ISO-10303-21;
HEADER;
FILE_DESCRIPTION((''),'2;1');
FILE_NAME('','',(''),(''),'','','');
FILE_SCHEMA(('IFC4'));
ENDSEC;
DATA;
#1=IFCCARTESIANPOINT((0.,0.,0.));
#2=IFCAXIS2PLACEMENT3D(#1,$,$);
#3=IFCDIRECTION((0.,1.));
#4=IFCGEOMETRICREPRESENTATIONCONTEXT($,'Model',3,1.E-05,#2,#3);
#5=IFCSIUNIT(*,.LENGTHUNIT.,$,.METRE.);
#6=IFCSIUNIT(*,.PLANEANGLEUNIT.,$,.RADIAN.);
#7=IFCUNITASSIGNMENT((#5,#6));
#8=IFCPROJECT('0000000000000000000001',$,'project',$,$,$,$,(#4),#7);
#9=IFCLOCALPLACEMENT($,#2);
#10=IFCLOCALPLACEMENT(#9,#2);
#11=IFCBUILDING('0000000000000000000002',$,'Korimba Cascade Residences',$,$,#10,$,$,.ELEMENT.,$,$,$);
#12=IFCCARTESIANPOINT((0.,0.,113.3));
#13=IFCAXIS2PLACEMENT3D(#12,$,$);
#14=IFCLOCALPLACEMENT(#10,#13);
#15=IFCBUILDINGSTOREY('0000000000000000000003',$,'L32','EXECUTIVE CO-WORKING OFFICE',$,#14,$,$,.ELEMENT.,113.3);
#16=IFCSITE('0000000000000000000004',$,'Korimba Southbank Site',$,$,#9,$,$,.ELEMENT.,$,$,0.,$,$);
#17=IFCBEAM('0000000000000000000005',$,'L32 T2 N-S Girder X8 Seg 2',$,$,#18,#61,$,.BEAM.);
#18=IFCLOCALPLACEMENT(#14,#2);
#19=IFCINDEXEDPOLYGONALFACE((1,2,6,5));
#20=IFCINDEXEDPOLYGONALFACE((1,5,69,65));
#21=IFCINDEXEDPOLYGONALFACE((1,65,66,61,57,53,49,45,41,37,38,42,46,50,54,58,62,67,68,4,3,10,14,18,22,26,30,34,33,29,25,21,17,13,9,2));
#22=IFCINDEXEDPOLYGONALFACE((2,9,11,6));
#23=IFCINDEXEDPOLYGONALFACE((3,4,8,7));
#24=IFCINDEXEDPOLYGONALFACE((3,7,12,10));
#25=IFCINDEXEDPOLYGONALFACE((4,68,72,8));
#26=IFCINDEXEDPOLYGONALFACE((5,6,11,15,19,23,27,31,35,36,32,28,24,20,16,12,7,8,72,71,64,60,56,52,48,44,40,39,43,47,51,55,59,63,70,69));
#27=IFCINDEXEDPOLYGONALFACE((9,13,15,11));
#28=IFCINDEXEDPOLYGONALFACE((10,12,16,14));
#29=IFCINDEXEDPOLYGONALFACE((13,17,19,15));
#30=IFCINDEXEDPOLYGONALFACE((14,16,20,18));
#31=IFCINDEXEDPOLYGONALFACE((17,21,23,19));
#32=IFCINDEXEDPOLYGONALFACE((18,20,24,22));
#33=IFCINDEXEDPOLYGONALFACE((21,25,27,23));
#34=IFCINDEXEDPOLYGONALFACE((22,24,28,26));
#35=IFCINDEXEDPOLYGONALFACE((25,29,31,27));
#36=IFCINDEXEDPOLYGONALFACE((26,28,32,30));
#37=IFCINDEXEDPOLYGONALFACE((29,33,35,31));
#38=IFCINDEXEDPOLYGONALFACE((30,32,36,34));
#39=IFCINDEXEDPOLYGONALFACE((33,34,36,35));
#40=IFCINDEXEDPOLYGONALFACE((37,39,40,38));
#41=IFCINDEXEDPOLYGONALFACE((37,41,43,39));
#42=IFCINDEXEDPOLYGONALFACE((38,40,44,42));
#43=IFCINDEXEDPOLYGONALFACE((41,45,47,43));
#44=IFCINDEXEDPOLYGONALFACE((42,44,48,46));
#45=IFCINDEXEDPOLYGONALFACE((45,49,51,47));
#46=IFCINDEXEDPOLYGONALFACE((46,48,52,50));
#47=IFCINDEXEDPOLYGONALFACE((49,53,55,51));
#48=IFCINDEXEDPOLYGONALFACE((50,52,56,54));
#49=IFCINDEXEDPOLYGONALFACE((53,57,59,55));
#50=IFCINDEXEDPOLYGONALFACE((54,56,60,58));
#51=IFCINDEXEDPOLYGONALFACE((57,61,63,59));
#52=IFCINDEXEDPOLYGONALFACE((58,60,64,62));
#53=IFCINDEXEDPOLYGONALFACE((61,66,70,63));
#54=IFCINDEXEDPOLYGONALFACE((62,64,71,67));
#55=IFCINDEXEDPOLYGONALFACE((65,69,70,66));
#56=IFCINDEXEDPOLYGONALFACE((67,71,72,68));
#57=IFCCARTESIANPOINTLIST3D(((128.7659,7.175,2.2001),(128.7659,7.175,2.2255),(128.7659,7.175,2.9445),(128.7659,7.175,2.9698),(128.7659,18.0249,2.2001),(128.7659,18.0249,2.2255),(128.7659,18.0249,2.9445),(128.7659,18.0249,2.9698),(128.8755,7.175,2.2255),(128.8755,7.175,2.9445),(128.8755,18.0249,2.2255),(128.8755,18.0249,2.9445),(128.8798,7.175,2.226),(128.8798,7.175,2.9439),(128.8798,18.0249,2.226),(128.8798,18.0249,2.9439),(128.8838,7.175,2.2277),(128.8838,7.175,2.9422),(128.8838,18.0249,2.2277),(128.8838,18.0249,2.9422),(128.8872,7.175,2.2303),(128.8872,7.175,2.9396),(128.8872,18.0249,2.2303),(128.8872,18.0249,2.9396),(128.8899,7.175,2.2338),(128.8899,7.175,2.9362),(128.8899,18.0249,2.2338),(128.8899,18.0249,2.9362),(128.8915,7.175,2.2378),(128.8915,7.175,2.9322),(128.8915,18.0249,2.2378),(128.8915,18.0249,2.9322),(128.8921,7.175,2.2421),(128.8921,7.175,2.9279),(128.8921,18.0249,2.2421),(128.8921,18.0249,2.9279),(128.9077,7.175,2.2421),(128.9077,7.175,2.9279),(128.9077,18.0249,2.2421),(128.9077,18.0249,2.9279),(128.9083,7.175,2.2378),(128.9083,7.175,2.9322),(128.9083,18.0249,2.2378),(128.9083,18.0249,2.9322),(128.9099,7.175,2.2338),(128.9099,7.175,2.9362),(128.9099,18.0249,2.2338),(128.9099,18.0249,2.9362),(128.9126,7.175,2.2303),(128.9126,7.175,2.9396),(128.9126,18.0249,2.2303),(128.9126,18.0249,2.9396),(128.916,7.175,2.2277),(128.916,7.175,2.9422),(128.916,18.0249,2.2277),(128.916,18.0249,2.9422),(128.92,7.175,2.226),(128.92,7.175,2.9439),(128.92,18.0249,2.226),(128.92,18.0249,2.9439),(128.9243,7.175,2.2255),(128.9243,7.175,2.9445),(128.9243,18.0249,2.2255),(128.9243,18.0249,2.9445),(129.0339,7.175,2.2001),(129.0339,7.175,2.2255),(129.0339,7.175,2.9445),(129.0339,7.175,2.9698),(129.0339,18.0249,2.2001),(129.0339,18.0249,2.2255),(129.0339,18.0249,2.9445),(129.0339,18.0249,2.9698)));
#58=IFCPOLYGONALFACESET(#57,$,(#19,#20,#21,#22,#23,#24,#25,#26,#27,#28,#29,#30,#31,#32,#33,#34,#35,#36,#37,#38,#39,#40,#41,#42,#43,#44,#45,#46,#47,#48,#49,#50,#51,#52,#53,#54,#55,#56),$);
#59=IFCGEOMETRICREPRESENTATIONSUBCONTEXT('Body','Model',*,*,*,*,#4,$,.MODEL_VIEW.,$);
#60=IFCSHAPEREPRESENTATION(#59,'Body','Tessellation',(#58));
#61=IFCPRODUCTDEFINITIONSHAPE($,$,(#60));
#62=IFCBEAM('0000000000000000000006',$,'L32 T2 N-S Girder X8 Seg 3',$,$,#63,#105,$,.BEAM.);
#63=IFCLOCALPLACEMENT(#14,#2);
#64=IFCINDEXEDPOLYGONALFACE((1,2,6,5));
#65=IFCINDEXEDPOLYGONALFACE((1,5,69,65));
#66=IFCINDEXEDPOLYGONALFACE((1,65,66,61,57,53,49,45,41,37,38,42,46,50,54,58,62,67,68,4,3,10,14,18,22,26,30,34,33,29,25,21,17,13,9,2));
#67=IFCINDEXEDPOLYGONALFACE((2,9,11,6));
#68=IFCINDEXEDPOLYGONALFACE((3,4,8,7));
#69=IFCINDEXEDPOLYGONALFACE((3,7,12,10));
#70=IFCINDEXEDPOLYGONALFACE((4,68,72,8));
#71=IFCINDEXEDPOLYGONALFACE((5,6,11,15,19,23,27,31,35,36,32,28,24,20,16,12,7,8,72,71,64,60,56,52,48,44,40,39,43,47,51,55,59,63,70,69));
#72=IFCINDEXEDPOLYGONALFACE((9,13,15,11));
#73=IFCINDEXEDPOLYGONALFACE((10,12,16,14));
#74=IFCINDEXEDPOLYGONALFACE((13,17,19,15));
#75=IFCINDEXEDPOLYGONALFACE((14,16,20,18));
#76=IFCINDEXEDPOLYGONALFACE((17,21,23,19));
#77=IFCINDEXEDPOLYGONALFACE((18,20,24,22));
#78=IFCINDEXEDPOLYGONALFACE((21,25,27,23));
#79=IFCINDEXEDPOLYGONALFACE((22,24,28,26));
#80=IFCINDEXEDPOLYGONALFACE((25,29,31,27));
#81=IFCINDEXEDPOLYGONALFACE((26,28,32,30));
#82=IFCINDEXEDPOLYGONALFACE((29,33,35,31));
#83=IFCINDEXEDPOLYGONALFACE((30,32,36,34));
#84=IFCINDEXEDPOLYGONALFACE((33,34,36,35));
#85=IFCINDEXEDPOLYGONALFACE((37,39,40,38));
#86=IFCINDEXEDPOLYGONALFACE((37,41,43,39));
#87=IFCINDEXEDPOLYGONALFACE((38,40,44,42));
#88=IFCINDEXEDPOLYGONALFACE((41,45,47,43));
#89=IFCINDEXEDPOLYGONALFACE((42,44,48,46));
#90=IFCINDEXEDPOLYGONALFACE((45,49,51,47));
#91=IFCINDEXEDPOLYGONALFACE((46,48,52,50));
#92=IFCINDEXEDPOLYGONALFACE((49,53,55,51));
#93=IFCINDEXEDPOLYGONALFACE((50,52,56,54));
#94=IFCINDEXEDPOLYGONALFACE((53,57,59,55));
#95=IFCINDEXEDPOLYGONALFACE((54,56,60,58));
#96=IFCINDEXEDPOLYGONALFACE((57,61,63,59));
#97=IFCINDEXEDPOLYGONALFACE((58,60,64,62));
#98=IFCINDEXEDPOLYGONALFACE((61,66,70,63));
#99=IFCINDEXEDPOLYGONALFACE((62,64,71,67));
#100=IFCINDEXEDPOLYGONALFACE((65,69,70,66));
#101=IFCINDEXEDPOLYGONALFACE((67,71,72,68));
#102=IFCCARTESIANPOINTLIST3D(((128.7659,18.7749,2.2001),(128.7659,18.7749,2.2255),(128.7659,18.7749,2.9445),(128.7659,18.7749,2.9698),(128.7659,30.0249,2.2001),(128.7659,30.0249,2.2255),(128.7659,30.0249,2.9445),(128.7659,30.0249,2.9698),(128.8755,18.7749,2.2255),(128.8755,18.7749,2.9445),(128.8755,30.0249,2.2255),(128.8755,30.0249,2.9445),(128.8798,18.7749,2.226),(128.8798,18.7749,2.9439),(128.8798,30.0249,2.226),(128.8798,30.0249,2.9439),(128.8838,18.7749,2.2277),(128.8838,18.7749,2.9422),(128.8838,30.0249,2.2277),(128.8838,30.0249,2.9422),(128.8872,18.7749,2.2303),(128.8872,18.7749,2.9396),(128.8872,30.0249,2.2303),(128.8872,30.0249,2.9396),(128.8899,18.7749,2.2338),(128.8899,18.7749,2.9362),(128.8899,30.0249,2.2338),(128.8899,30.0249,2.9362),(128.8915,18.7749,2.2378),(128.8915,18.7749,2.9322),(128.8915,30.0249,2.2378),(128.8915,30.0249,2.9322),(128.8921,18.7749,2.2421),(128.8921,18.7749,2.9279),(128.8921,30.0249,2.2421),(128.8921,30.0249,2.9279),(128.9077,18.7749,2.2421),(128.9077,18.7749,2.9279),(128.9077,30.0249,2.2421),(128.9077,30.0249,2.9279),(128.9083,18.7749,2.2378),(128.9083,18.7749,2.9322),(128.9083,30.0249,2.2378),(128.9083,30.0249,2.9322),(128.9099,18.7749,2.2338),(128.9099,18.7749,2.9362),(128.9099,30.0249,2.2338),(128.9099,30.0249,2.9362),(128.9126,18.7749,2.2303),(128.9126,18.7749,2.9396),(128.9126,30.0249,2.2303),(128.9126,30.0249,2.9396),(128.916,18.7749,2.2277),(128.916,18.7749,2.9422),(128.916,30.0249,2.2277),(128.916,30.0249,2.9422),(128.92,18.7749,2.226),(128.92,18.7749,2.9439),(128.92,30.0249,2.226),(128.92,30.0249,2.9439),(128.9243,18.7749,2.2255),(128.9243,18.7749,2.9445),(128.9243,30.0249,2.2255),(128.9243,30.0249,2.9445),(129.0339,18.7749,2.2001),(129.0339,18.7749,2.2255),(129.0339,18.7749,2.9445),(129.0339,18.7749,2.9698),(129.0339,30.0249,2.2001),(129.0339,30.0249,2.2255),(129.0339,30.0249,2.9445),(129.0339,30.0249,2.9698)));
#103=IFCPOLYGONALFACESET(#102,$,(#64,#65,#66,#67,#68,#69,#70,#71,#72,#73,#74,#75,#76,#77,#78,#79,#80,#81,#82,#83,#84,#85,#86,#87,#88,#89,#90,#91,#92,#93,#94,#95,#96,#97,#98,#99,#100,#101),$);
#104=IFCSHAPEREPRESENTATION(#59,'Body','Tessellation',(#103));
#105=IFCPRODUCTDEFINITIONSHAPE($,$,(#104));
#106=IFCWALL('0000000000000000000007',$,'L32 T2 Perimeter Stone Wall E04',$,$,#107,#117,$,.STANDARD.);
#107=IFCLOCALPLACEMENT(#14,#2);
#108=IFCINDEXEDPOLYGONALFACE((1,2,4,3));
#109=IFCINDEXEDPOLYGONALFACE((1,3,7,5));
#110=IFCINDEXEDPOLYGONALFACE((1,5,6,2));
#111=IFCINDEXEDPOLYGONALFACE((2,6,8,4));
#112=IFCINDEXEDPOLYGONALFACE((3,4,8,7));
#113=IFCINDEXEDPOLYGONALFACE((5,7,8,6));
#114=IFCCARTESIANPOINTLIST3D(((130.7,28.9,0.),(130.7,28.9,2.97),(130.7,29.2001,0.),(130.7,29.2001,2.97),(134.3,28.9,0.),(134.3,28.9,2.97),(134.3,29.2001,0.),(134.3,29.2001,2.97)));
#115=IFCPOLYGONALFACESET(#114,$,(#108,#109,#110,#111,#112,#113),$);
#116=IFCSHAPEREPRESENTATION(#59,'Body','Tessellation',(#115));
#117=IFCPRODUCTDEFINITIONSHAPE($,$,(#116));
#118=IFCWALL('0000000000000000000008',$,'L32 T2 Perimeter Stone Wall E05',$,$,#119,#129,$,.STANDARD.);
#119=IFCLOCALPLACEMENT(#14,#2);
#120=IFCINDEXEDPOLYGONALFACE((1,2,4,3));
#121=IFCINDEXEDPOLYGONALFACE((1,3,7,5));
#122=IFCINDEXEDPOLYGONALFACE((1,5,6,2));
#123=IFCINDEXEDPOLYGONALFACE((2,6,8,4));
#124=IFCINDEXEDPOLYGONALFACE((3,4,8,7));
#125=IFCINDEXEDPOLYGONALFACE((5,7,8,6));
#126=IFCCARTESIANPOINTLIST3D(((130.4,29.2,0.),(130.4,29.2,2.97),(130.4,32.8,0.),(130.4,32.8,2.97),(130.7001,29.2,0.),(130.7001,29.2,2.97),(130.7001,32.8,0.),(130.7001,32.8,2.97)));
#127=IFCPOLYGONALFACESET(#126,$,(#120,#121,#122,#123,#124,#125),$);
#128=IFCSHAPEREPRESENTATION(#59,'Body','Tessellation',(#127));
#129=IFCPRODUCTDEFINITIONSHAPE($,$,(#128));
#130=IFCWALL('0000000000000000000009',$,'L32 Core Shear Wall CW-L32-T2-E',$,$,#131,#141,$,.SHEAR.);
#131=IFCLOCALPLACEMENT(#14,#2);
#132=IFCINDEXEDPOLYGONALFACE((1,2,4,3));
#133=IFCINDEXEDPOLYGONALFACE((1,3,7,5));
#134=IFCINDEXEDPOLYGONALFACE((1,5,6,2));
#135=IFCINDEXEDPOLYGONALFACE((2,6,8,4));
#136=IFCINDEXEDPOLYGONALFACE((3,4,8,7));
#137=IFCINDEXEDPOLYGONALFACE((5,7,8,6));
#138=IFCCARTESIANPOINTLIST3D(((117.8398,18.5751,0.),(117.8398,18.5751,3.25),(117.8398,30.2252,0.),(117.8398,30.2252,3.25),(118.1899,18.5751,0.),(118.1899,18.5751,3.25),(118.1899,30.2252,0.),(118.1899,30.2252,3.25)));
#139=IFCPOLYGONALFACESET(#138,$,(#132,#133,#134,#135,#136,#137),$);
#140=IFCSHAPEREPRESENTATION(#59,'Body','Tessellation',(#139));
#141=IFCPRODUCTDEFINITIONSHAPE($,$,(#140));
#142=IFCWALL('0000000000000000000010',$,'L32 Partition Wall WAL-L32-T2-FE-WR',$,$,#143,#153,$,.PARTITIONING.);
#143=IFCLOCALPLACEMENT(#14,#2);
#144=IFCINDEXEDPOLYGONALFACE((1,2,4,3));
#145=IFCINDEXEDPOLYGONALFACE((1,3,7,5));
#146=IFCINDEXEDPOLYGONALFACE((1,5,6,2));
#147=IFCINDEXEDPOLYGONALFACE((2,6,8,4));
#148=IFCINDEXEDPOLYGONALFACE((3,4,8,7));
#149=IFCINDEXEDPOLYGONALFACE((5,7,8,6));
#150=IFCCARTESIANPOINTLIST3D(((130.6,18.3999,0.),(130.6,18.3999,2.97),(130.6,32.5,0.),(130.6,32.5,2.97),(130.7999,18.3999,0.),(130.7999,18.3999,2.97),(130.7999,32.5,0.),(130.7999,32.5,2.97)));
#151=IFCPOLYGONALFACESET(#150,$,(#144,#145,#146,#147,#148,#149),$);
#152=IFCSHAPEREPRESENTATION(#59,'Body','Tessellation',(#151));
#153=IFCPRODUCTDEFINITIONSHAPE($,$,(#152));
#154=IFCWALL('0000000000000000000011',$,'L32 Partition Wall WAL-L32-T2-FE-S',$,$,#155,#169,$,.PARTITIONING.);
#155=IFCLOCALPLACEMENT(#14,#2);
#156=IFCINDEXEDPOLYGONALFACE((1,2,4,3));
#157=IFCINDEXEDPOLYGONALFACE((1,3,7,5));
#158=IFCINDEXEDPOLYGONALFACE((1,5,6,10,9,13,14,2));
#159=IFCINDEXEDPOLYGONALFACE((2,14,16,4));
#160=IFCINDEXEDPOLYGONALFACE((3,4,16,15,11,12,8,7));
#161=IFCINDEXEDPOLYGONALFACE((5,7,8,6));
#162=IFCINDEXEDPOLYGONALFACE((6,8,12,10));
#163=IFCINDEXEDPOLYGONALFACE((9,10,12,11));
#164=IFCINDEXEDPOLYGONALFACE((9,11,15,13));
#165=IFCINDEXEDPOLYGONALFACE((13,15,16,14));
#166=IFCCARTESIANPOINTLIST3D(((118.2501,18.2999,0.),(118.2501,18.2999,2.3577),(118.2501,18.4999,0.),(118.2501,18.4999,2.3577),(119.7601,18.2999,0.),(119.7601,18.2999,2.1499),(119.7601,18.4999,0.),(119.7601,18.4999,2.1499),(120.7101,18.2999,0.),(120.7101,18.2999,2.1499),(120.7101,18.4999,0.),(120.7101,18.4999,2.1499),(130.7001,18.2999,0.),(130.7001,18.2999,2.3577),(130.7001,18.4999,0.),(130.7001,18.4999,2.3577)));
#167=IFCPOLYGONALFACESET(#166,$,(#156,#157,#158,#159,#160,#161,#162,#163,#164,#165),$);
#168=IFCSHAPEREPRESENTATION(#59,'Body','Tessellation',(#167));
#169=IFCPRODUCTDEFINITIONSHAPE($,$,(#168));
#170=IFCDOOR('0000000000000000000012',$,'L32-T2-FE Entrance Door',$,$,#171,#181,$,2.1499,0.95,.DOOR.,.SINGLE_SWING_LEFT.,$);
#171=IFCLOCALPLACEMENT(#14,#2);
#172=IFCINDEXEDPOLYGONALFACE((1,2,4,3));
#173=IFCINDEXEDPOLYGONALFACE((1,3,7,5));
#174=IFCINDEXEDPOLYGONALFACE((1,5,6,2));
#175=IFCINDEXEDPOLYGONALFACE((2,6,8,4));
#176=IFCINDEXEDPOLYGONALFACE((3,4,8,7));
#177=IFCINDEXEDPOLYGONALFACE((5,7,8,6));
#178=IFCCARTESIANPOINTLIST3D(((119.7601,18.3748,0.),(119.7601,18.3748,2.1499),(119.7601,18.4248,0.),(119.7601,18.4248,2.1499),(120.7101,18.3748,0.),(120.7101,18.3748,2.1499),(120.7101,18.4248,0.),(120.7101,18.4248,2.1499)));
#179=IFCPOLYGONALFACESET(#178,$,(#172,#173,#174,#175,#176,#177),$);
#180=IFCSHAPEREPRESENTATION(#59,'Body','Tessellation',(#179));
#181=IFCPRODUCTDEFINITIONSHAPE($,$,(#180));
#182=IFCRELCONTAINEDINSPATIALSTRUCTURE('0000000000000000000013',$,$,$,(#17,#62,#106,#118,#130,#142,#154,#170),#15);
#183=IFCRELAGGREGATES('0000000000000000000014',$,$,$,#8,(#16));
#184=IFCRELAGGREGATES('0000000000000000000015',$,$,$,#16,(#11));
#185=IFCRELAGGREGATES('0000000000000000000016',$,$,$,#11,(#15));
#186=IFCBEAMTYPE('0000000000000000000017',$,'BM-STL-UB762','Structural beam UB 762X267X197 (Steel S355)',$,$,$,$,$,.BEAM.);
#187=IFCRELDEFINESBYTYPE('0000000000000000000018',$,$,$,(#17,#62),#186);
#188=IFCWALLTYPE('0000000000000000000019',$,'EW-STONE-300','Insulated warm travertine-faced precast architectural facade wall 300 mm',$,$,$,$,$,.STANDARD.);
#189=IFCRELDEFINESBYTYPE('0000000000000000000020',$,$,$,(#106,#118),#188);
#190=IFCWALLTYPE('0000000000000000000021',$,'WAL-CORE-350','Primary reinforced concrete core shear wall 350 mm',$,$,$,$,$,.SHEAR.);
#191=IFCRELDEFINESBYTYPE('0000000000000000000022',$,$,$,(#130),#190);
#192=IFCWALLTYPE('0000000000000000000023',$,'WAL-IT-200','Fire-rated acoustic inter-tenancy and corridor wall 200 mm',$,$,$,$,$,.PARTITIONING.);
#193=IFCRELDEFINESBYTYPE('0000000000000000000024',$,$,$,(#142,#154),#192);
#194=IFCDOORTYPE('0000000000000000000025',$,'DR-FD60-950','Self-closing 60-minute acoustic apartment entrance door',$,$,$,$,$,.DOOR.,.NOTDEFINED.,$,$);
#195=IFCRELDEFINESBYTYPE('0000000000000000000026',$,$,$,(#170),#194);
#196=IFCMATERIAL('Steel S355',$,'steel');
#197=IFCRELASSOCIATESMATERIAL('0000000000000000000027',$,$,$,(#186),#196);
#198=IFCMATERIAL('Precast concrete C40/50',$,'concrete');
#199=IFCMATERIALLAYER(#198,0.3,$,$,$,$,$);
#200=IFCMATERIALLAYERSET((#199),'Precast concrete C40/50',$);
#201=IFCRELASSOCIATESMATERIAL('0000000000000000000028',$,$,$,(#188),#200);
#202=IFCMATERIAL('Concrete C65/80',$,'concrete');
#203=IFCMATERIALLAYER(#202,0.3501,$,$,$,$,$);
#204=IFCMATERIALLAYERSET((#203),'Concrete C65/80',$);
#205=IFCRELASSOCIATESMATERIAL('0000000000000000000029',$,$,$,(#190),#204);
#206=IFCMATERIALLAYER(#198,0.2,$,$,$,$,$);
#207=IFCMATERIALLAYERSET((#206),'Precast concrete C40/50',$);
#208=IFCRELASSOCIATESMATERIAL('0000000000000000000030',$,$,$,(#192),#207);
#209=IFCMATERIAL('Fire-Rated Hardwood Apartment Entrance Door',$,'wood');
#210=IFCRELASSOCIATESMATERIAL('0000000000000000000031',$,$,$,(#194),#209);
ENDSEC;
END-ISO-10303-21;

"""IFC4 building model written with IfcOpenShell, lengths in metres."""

from ifc_helpers import new_model, si_unit, direction, frame, frame_2d, origin, origin_2d, place, context, subcontext, project, spatial, rectangle, i_section, extrude, material, layer, layer_set, material_profile, profile_set, type_object, element, fill, save


model = new_model("IFC4")

# Units and contexts
model_context = context("Model", 3, precision=1e-05, world=origin(), true_north=direction((0.0, 1.0)))
body_context = subcontext(model_context, "Body", "Model", "MODEL_VIEW")
ifc_project = project(units=[si_unit("LENGTHUNIT", "METRE"), si_unit("PLANEANGLEUNIT", "RADIAN")], contexts=[model_context])

# Site, building, storey
site_placement = place(None, origin())
site = spatial("IfcSite", under=ifc_project, at=site_placement, Name="Korimba Southbank Site", CompositionType="ELEMENT", RefElevation=0.0)
building_placement = place(site_placement, origin())
building = spatial("IfcBuilding", under=site, at=building_placement, Name="Korimba Cascade Residences", CompositionType="ELEMENT")
storey_placement = place(building_placement, frame((0.0, 0.0, 113.3)))
storey = spatial("IfcBuildingStorey", under=building, at=storey_placement, Name="L32", Description="EXECUTIVE CO-WORKING OFFICE", CompositionType="ELEMENT", Elevation=113.3)

# Shared definitions
ifc_material_1 = material(Name="Concrete C65/80", Category="concrete")

# Beams
ifc_material_2 = material(Name="Steel S355", Category="steel")
ifc_material_profile_1 = material_profile(ifc_material_2, i_section(OverallWidth=0.2681, OverallDepth=0.7698, WebThickness=0.0156, FlangeThickness=0.0254, FilletRadius=0.0166, at=origin_2d()), Name="Steel S355")
ifc_profile_set_1 = profile_set([ifc_material_profile_1], Name="Steel S355")
beam_type_1 = type_object("IfcBeamType", Name="BM-STL-UB762", Description="Structural beam UB 762X267X197 (Steel S355)", PredefinedType="BEAM", material=ifc_profile_set_1)
beam_1_placement = place(storey_placement, frame((128.8999, 7.175, 2.585), z_axis=(0.0, 1.0, 0.0), x_axis=(-1.0, 0.0, 0.0)))
element("IfcBeam", 1, at=beam_1_placement, inside=storey, type_object=beam_type_1, Name="L32 T2 N-S Girder X8 Seg 2", PredefinedType="BEAM", context=body_context, shape_type="SweptSolid", body=[
    extrude(i_section(OverallWidth=0.2681, OverallDepth=0.7698, WebThickness=0.0156, FlangeThickness=0.0254, FilletRadius=0.0166, at=origin_2d()), origin(), (0.0, 0.0, 1.0), 10.8499),
])
beam_2_placement = place(storey_placement, frame((128.8999, 18.7749, 2.585), z_axis=(0.0, 1.0, 0.0), x_axis=(-1.0, 0.0, 0.0)))
element("IfcBeam", 2, at=beam_2_placement, inside=storey, type_object=beam_type_1, Name="L32 T2 N-S Girder X8 Seg 3", PredefinedType="BEAM", context=body_context, shape_type="SweptSolid", body=[
    extrude(i_section(OverallWidth=0.2681, OverallDepth=0.7698, WebThickness=0.0156, FlangeThickness=0.0254, FilletRadius=0.0166, at=origin_2d()), origin(), (0.0, 0.0, 1.0), 11.25),
])

# Walls
ifc_material_3 = material(Name="Precast concrete C40/50", Category="concrete")
ifc_layer_1 = layer(ifc_material_3, 0.3)
ifc_layer_set_1 = layer_set([ifc_layer_1], Name="Precast concrete C40/50")
wall_type_1 = type_object("IfcWallType", Name="EW-STONE-300", Description="Insulated warm travertine-faced precast architectural facade wall 300 mm", PredefinedType="STANDARD", material=ifc_layer_set_1)
for number, where, z_axis, x_axis, name in (
    (3, (134.3, 29.05, 0.0), (0.0, 0.0, 1.0), (-1.0, 0.0, 0.0), "L32 T2 Perimeter Stone Wall E04"),
    (4, (130.55, 29.2, 0.0), (0.0, 0.0, 1.0), (0.0, 1.0, 0.0), "L32 T2 Perimeter Stone Wall E05"),
):
    element("IfcWall", number, at=place(storey_placement, frame(where, z_axis=z_axis, x_axis=x_axis)), inside=storey, type_object=wall_type_1, Name=name, PredefinedType="STANDARD", context=body_context, shape_type="SweptSolid", body=[
        extrude(rectangle(XDim=3.6001, YDim=0.3, at=frame_2d((1.8, 0.0))), origin(), (0.0, 0.0, 1.0), 2.97),
    ])
ifc_layer_2 = layer(ifc_material_1, 0.3501)
ifc_layer_set_2 = layer_set([ifc_layer_2], Name="Concrete C65/80")
wall_type_2 = type_object("IfcWallType", Name="WAL-CORE-350", Description="Primary reinforced concrete core shear wall 350 mm", PredefinedType="SHEAR", material=ifc_layer_set_2)
wall_1_placement = place(storey_placement, frame((118.0149, 18.575, 0.0), z_axis=(0.0, 0.0, 1.0), x_axis=(0.0, 1.0, 0.0)))
element("IfcWall", 5, at=wall_1_placement, inside=storey, type_object=wall_type_2, Name="L32 Core Shear Wall CW-L32-T2-E", PredefinedType="SHEAR", context=body_context, shape_type="SweptSolid", body=[
    extrude(rectangle(XDim=11.6501, YDim=0.3501, at=frame_2d((5.8252, 0.0))), origin(), (0.0, 0.0, 1.0), 3.25),
])
ifc_layer_3 = layer(ifc_material_3, 0.2)
ifc_layer_set_3 = layer_set([ifc_layer_3], Name="Precast concrete C40/50")
wall_type_3 = type_object("IfcWallType", Name="WAL-IT-200", Description="Fire-rated acoustic inter-tenancy and corridor wall 200 mm", PredefinedType="PARTITIONING", material=ifc_layer_set_3)
wall_2_placement = place(storey_placement, frame((130.7, 18.3999, 0.0), z_axis=(0.0, 0.0, 1.0), x_axis=(0.0, 1.0, 0.0)))
element("IfcWall", 6, at=wall_2_placement, inside=storey, type_object=wall_type_3, Name="L32 Partition Wall WAL-L32-T2-FE-WR", PredefinedType="PARTITIONING", context=body_context, shape_type="SweptSolid", body=[
    extrude(rectangle(XDim=14.1001, YDim=0.2, at=frame_2d((7.05, 0.0))), origin(), (0.0, 0.0, 1.0), 2.97),
])

# Wall, opening, door
wall_3_placement = place(storey_placement, frame((118.25, 18.3999, 0.0), z_axis=(0.0, 0.0, 1.0), x_axis=(1.0, 0.0, 0.0)))
wall_3 = element("IfcWall", 7, at=wall_3_placement, inside=storey, type_object=wall_type_3, Name="L32 Partition Wall WAL-L32-T2-FE-S", PredefinedType="PARTITIONING", context=body_context, shape_type="SweptSolid", body=[
    extrude(rectangle(XDim=12.45, YDim=0.2, at=frame_2d((6.2251, 0.0))), origin(), (0.0, 0.0, 1.0), 2.3577),
])
opening_1_placement = place(wall_3_placement, frame((1.51, 0.0, 0.0)))
opening_1 = element("IfcOpeningElement", 8, at=opening_1_placement, cuts=wall_3, PredefinedType="OPENING", context=body_context, shape_type="SweptSolid", body=[
    extrude(rectangle(XDim=0.95, YDim=2.1499, at=frame_2d((0.4751, 1.075))), frame((0.0, 0.1099, 0.0), z_axis=(0.0, -1.0, 0.0), x_axis=(1.0, 0.0, 0.0)), (0.0, 0.0, 1.0), 0.22),
])
ifc_material_4 = material(Name="Fire-Rated Hardwood Apartment Entrance Door", Category="wood")
door_type_1 = type_object("IfcDoorType", Name="DR-FD60-950", Description="Self-closing 60-minute acoustic apartment entrance door", OperationType="NOTDEFINED", PredefinedType="DOOR", material=ifc_material_4)
door_1_placement = place(opening_1_placement, origin())
door_1 = element("IfcDoor", 9, at=door_1_placement, inside=storey, type_object=door_type_1, Name="L32-T2-FE Entrance Door", OperationType="SINGLE_SWING_LEFT", OverallHeight=2.1499, OverallWidth=0.95, PredefinedType="DOOR", context=body_context, shape_type="SweptSolid", body=[
    extrude(rectangle(XDim=0.95, YDim=2.1499, at=frame_2d((0.4751, 1.075))), frame((0.0, 0.0249, 0.0), z_axis=(0.0, -1.0, 0.0), x_axis=(1.0, 0.0, 0.0)), (0.0, 0.0, 1.0), 0.05),
])
fill(opening_1, door_1)

save(model, "model.ifc")
